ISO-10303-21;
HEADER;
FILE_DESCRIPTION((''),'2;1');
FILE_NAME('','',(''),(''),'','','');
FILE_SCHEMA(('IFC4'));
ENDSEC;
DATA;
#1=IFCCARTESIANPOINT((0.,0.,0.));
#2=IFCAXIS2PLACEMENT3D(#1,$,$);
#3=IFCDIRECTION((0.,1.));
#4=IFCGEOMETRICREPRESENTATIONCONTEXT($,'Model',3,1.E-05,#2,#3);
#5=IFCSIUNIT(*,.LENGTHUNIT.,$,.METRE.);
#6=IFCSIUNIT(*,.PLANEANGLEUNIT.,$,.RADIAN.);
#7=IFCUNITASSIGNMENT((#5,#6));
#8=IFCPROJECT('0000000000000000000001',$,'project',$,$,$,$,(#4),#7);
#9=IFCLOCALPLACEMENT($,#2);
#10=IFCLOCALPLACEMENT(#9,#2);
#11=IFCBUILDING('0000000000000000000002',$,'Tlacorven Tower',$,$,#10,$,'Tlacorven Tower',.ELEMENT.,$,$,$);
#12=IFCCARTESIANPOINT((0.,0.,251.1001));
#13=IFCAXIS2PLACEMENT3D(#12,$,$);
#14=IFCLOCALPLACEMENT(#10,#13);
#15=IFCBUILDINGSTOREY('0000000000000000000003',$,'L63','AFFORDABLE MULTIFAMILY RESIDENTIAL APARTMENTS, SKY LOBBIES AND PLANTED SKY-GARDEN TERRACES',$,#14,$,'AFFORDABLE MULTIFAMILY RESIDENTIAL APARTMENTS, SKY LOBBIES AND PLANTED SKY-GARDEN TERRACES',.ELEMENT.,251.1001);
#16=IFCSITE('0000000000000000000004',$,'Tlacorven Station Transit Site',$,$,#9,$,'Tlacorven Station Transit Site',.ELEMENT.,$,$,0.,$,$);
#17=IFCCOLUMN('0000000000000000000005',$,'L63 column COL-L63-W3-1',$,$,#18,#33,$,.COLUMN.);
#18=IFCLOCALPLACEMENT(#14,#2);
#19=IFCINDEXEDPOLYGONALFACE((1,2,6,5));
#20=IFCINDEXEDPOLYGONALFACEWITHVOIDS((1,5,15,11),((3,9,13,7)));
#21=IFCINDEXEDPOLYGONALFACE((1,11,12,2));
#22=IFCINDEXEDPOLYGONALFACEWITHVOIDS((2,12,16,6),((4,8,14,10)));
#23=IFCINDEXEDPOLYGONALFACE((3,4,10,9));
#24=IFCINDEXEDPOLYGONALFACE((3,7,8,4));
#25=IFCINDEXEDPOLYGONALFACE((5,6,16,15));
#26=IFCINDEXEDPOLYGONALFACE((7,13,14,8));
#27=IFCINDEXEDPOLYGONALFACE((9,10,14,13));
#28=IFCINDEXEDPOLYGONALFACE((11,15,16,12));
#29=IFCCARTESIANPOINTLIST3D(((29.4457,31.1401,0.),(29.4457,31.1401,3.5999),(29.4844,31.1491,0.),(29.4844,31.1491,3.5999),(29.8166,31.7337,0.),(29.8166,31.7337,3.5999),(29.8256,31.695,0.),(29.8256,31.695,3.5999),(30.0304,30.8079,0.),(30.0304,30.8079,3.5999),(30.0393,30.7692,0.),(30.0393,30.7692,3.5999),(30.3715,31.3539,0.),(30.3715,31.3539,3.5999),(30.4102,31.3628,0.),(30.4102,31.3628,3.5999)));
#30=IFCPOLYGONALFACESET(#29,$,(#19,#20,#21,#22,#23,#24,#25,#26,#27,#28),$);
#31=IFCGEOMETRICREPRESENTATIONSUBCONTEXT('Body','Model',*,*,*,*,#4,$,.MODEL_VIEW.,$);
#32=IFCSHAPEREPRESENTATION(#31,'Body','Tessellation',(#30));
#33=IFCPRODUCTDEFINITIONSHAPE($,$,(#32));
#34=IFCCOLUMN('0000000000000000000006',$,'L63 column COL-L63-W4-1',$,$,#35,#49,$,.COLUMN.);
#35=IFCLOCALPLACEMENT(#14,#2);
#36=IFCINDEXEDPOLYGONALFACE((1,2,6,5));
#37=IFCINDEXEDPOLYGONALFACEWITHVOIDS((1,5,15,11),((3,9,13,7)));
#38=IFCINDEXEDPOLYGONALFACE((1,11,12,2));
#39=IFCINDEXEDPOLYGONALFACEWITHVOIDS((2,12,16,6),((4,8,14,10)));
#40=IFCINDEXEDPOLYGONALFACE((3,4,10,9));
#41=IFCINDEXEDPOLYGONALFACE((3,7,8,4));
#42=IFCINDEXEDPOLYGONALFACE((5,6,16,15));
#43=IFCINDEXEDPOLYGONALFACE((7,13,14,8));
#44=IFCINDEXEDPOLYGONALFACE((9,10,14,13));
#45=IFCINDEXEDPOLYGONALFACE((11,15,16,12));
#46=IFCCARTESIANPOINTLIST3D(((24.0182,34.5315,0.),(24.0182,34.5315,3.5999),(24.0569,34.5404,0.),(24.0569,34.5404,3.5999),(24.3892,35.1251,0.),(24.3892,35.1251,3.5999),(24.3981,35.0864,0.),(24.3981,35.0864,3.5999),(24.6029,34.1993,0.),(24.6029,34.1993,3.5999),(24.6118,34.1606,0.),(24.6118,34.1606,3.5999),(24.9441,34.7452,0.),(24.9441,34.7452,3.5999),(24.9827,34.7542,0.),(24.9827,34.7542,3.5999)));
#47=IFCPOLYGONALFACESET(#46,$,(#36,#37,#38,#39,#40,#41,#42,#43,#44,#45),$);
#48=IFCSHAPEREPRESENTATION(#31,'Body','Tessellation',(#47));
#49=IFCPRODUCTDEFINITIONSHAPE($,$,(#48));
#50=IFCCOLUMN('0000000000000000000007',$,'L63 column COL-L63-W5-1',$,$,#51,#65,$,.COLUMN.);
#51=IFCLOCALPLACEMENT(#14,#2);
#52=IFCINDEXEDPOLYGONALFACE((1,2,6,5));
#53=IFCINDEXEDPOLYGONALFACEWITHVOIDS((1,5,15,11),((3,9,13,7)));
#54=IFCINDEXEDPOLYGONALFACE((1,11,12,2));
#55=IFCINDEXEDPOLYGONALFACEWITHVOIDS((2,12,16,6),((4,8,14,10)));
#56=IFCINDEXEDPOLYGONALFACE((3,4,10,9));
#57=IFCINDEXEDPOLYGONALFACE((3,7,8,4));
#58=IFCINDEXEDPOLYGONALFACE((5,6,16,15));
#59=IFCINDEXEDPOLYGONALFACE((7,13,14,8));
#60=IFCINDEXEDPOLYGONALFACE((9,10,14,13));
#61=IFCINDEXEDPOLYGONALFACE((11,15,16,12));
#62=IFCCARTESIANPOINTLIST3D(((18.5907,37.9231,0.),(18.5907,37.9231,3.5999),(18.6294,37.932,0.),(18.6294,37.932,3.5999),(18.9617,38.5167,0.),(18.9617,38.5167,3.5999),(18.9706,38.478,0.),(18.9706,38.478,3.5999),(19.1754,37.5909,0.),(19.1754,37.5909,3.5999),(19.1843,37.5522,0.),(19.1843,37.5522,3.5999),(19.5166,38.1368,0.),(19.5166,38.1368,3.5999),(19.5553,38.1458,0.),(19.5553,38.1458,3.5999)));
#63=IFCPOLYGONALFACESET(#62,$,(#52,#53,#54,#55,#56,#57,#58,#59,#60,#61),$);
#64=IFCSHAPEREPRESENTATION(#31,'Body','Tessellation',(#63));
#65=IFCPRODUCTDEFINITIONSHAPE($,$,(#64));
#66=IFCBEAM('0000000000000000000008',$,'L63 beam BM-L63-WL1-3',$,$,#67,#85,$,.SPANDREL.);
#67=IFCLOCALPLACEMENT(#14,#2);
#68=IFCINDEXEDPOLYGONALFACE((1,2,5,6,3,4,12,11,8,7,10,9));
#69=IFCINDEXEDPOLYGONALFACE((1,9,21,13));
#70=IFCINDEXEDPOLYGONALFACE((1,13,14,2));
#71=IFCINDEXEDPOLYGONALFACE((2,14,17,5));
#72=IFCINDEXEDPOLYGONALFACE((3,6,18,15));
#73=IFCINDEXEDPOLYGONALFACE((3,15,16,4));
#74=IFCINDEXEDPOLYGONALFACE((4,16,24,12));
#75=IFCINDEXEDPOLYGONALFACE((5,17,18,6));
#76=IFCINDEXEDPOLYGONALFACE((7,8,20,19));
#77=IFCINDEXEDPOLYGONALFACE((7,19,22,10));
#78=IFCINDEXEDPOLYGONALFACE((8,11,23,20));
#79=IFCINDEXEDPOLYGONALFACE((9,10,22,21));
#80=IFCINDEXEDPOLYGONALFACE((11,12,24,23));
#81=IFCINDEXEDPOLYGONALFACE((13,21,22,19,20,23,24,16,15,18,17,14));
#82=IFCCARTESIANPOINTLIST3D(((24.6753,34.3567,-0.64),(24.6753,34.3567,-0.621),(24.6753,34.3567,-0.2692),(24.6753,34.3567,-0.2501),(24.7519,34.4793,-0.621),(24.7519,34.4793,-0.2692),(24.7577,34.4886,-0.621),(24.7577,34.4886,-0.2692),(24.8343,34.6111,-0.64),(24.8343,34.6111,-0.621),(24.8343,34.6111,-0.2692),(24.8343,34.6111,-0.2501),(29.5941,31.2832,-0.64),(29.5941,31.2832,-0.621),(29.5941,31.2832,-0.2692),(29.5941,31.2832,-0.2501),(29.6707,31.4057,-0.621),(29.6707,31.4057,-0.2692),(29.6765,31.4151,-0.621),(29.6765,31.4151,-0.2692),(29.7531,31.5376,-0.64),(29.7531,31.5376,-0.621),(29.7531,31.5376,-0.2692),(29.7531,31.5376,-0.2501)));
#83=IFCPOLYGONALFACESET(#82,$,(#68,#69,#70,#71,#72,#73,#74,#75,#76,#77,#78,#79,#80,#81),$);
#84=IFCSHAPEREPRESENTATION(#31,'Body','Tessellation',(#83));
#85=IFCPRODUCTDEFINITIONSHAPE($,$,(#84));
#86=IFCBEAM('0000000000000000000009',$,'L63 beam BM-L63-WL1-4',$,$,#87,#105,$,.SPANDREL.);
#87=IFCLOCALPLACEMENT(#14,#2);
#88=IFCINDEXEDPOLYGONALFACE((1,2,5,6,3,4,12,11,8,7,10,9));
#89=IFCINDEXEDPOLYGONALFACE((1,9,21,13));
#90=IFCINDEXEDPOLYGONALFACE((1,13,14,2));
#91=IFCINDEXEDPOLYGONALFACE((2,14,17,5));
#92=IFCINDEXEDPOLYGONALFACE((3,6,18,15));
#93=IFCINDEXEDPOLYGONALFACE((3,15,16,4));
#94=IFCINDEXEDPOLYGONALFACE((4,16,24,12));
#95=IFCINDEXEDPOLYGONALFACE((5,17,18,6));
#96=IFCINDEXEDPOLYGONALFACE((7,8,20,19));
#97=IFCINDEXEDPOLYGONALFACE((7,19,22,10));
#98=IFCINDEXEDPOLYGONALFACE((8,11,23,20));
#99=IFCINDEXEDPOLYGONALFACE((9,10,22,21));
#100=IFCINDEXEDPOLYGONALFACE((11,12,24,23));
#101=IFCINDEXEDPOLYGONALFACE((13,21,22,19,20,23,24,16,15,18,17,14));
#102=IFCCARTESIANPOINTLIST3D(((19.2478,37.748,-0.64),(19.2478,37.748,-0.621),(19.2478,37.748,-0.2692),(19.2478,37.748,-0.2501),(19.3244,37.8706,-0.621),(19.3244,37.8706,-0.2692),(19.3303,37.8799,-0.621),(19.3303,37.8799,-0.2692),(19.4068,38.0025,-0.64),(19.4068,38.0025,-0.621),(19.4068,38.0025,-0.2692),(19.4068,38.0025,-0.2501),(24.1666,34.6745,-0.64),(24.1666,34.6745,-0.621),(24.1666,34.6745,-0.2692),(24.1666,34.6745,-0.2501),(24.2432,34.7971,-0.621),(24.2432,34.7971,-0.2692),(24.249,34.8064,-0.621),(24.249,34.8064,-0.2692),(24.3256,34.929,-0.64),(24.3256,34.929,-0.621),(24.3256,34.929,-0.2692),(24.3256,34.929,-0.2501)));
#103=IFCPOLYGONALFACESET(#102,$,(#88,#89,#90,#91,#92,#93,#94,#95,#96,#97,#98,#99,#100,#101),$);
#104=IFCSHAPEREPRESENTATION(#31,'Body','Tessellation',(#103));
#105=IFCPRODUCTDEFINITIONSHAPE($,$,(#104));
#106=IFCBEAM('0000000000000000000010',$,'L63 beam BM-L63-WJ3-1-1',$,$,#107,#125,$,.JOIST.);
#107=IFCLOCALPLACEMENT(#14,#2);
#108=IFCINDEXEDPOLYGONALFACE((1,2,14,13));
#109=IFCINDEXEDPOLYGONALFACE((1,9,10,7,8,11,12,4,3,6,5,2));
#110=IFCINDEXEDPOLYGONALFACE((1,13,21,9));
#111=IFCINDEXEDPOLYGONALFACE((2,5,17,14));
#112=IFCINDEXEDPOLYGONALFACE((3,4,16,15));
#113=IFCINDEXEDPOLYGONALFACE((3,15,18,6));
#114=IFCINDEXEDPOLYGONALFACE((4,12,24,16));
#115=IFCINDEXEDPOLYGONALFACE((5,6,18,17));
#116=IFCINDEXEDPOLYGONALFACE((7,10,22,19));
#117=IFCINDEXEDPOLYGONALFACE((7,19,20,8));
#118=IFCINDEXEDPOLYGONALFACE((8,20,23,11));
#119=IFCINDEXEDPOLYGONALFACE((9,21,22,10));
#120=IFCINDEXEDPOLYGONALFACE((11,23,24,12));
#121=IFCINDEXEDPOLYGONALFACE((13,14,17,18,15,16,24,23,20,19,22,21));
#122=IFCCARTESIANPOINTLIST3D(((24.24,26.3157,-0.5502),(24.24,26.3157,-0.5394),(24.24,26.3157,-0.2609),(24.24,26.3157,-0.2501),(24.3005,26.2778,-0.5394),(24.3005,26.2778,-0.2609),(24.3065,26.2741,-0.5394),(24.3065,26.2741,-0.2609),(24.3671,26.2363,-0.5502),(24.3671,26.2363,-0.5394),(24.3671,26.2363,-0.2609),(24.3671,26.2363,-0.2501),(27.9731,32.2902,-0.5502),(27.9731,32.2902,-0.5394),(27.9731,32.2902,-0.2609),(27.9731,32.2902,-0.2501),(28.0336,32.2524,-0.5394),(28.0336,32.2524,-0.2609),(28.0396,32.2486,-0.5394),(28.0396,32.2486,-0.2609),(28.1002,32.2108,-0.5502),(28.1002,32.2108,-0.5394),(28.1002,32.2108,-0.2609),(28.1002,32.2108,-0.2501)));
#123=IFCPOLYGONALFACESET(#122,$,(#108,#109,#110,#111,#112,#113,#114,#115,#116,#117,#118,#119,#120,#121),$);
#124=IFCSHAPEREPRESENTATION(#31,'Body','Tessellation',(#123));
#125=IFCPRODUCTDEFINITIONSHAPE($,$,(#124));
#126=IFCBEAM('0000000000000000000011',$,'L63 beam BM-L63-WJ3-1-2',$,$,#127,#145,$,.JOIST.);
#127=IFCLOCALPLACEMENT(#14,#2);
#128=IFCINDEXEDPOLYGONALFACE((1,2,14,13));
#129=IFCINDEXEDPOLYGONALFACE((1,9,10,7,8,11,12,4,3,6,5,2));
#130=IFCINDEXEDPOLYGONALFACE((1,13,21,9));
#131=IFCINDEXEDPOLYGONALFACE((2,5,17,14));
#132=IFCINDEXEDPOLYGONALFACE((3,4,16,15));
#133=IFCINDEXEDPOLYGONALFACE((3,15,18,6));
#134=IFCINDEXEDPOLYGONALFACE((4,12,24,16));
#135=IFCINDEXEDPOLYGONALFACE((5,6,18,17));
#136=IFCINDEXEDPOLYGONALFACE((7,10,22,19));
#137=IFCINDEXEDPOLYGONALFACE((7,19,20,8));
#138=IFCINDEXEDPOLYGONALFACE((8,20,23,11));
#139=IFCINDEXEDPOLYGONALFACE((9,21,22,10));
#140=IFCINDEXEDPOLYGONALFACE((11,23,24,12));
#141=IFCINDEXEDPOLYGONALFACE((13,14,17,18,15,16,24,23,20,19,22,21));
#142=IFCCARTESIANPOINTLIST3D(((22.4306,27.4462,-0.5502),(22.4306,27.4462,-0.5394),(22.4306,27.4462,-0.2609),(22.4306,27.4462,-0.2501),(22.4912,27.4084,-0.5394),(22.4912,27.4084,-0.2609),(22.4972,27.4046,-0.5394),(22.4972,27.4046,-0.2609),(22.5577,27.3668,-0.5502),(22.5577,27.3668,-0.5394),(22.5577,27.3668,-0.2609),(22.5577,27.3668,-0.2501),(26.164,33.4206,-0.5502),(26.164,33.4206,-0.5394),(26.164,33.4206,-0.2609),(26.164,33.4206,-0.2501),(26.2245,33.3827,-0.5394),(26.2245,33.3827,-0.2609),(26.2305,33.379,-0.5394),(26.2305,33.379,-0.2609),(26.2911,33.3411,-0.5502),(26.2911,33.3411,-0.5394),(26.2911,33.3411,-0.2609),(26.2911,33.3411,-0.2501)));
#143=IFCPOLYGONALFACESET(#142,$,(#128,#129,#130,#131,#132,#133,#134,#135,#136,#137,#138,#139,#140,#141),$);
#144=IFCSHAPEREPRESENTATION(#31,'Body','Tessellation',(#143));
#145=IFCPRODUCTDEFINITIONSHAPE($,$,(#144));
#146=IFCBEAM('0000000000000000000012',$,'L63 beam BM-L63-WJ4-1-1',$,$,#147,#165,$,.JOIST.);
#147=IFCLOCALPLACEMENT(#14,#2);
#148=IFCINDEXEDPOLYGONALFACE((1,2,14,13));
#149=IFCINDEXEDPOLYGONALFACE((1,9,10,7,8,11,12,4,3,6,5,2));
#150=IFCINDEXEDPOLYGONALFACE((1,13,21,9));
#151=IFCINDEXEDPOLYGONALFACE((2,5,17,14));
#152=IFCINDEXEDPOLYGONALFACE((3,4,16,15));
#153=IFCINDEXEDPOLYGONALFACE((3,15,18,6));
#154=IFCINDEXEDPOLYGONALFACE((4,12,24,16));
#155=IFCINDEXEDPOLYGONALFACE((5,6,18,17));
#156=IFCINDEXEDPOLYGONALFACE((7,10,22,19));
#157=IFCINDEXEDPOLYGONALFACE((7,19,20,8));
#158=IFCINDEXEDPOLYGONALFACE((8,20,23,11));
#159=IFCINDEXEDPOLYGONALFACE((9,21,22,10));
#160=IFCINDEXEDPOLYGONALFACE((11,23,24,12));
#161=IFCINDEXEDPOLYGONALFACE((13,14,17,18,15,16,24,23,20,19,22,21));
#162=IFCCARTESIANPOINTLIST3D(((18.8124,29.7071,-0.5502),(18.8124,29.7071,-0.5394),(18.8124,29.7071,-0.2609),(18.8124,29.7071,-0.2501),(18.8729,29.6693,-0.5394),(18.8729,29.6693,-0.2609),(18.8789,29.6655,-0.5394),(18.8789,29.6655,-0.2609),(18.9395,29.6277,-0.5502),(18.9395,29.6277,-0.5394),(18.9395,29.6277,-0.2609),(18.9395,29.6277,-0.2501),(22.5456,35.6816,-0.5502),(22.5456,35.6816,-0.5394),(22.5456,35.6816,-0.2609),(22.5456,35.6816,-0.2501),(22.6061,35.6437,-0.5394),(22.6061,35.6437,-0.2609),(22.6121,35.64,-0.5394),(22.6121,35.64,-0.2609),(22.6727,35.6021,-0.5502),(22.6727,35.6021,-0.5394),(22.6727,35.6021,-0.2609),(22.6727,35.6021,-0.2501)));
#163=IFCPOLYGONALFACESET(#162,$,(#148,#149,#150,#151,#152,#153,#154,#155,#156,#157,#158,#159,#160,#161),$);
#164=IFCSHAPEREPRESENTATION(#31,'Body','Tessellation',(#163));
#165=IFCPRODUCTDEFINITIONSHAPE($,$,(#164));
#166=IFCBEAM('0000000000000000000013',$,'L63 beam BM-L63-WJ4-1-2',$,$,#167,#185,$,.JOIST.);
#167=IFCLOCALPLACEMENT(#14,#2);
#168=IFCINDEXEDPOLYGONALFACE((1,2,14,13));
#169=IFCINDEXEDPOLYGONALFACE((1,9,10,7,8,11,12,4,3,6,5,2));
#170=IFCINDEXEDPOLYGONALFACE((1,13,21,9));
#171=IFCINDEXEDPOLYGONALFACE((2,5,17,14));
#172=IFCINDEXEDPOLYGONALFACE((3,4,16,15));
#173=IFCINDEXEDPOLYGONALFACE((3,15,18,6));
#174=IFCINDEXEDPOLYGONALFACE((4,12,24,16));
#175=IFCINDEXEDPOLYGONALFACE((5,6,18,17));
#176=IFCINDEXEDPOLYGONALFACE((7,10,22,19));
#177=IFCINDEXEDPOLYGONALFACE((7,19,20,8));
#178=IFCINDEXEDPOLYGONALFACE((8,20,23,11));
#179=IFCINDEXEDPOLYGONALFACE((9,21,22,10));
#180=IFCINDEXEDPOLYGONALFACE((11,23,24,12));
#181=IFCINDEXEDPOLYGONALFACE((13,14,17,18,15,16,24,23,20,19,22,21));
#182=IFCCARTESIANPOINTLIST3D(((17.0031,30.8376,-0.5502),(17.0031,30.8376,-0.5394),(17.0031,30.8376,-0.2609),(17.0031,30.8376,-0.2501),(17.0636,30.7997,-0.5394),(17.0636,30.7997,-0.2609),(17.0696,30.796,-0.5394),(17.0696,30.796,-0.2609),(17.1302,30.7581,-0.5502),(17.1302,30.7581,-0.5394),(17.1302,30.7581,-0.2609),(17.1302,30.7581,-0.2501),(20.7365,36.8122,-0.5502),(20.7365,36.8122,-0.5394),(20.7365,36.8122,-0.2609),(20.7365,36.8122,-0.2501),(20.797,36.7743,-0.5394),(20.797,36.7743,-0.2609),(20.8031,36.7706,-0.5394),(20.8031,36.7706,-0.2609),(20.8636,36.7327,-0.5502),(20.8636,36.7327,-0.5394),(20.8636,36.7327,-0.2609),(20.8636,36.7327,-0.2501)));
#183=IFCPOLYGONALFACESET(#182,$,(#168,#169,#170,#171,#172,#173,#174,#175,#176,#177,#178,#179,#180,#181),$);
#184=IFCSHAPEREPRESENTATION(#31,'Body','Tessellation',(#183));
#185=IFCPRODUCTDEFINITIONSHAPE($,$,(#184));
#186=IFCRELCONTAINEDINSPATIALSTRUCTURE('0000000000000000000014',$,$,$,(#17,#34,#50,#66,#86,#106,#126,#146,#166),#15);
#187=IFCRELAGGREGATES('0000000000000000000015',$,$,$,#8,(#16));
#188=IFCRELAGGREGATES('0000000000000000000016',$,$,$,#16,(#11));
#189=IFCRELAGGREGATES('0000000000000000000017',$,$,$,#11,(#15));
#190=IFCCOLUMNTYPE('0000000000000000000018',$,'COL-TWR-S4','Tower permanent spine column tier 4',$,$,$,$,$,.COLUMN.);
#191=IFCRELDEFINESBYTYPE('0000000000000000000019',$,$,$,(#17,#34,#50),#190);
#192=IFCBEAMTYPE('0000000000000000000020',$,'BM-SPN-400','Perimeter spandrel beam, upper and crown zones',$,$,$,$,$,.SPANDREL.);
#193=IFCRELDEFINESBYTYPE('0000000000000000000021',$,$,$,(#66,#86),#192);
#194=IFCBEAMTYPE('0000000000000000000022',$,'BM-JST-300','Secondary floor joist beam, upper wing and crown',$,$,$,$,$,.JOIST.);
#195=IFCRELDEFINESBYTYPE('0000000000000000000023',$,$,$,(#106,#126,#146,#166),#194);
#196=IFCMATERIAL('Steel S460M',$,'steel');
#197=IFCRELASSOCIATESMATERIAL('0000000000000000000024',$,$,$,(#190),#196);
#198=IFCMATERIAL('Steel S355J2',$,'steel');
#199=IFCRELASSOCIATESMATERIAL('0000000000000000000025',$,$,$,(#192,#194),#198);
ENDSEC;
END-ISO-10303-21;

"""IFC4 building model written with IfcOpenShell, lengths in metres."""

from ifc_helpers import new_model, si_unit, direction, frame, origin, origin_2d, place, context, subcontext, project, spatial, hollow_rectangle, i_section, extrude, source, transform, mapped, material, material_profile, profile_set, type_object, element, save


model = new_model("IFC4")

# Units and contexts
model_context = context("Model", 3, precision=1e-05, world=origin(), true_north=direction((0.0, 1.0)))
body_context = subcontext(model_context, "Body", "Model", "MODEL_VIEW")
ifc_project = project(units=[si_unit("LENGTHUNIT", "METRE"), si_unit("PLANEANGLEUNIT", "RADIAN")], contexts=[model_context])

# Site, building, storey
site_placement = place(None, origin())
site = spatial("IfcSite", under=ifc_project, at=site_placement, Name="Tlacorven Station Transit Site", LongName="Tlacorven Station Transit Site", CompositionType="ELEMENT", RefElevation=0.0)
building_placement = place(site_placement, origin())
building = spatial("IfcBuilding", under=site, at=building_placement, Name="Tlacorven Tower", LongName="Tlacorven Tower", CompositionType="ELEMENT")
storey_placement = place(building_placement, frame((0.0, 0.0, 251.1001)))
storey = spatial("IfcBuildingStorey", under=building, at=storey_placement, Name="L63", Description="AFFORDABLE MULTIFAMILY RESIDENTIAL APARTMENTS, SKY LOBBIES AND PLANTED SKY-GARDEN TERRACES", LongName="AFFORDABLE MULTIFAMILY RESIDENTIAL APARTMENTS, SKY LOBBIES AND PLANTED SKY-GARDEN TERRACES", CompositionType="ELEMENT", Elevation=251.1001)

# Columns
ifc_material_1 = material(Name="Steel S460M", Category="steel")
ifc_material_profile_1 = material_profile(ifc_material_1, hollow_rectangle(XDim=0.7, YDim=0.7, WallThickness=0.0281, at=origin_2d()), Name="BOX 700X700X28")
ifc_profile_set_1 = profile_set([ifc_material_profile_1], Name="Steel S460M")
column_type = type_object("IfcColumnType", Name="COL-TWR-S4", Description="Tower permanent spine column tier 4", PredefinedType="COLUMN", material=ifc_profile_set_1)
shared_shape_1 = source(origin(), body_context, "Body", "SweptSolid", [
    extrude(hollow_rectangle(XDim=0.7, YDim=0.7, WallThickness=0.0281, at=origin_2d()), origin(), (0.0, 0.0, 1.0), 3.5999),
])
for number, where, z_axis, x_axis, name in (
    (1, (29.928, 31.2515, 0.0), (0.0, 0.0, 1.0), (-0.848048, 0.529919, 0.0), "L63 column COL-L63-W3-1"),
    (2, (24.5005, 34.6428, 0.0), (0.0, 0.0, 1.0), (-0.848048, 0.529919, 0.0), "L63 column COL-L63-W4-1"),
    (3, (19.073, 38.0344, 0.0), (0.0, 0.0, 1.0), (-0.848048, 0.529919, 0.0), "L63 column COL-L63-W5-1"),
):
    element("IfcColumn", number, at=place(storey_placement, frame(where, z_axis=z_axis, x_axis=x_axis)), inside=storey, type_object=column_type, Name=name, PredefinedType="COLUMN", context=body_context, shape_type="MappedRepresentation", body=[
        mapped(shared_shape_1, transform((0.0, 0.0, 0.0), scale=1.0)),
    ])

# Beams
ifc_material_2 = material(Name="Steel S355J2", Category="steel")
ifc_material_profile_2 = material_profile(ifc_material_2, i_section(OverallWidth=0.3, OverallDepth=0.3899, WebThickness=0.011, FlangeThickness=0.019, at=origin_2d()), Name="HEA 400")
ifc_profile_set_2 = profile_set([ifc_material_profile_2], Name="Steel S355J2")
beam_type_1 = type_object("IfcBeamType", Name="BM-SPN-400", Description="Perimeter spandrel beam, upper and crown zones", PredefinedType="SPANDREL", material=ifc_profile_set_2)
shared_shape_2 = source(origin(), body_context, "Body", "SweptSolid", [
    extrude(i_section(OverallWidth=0.3, OverallDepth=0.3899, WebThickness=0.011, FlangeThickness=0.019, at=origin_2d()), origin(), (0.0, 0.0, 1.0), 5.8),
])
for number, where, z_axis, x_axis, name in (
    (4, (29.6736, 31.4104, -0.4451), (-0.848053, 0.529912, 0.0), (-0.529912, -0.848053, 0.0), "L63 beam BM-L63-WL1-3"),
    (5, (24.2461, 34.8018, -0.4451), (-0.848053, 0.529912, 0.0), (-0.529912, -0.848053, 0.0), "L63 beam BM-L63-WL1-4"),
):
    element("IfcBeam", number, at=place(storey_placement, frame(where, z_axis=z_axis, x_axis=x_axis)), inside=storey, type_object=beam_type_1, Name=name, PredefinedType="SPANDREL", context=body_context, shape_type="MappedRepresentation", body=[
        mapped(shared_shape_2, transform((0.0, 0.0, 0.0), scale=1.0)),
    ])
ifc_material_profile_3 = material_profile(ifc_material_2, i_section(OverallWidth=0.1499, OverallDepth=0.3, WebThickness=0.0071, FlangeThickness=0.0107, at=origin_2d()), Name="IPE 300")
ifc_profile_set_3 = profile_set([ifc_material_profile_3], Name="Steel S355J2")
beam_type_2 = type_object("IfcBeamType", Name="BM-JST-300", Description="Secondary floor joist beam, upper wing and crown", PredefinedType="JOIST", material=ifc_profile_set_3)
shared_shape_3 = source(origin(), body_context, "Body", "SweptSolid", [
    extrude(i_section(OverallWidth=0.1499, OverallDepth=0.3, WebThickness=0.0071, FlangeThickness=0.0107, at=origin_2d()), origin(), (0.0, 0.0, 1.0), 7.0449),
])
for number, where, z_axis, x_axis, name in (
    (6, (28.0366, 32.2505, -0.4001), (-0.529899, -0.848061, 0.0), (0.848061, -0.529899, 0.0), "L63 beam BM-L63-WJ3-1-1"),
    (7, (26.2275, 33.3809, -0.4001), (-0.52994, -0.848035, 0.0), (0.848035, -0.52994, 0.0), "L63 beam BM-L63-WJ3-1-2"),
    (8, (22.6091, 35.6418, -0.4001), (-0.529915, -0.848051, 0.0), (0.848051, -0.529915, 0.0), "L63 beam BM-L63-WJ4-1-1"),
):
    element("IfcBeam", number, at=place(storey_placement, frame(where, z_axis=z_axis, x_axis=x_axis)), inside=storey, type_object=beam_type_2, Name=name, PredefinedType="JOIST", context=body_context, shape_type="MappedRepresentation", body=[
        mapped(shared_shape_3, transform((0.0, 0.0, 0.0), scale=1.0)),
    ])
shared_shape_4 = source(origin(), body_context, "Body", "SweptSolid", [
    extrude(i_section(OverallWidth=0.1499, OverallDepth=0.3, WebThickness=0.0071, FlangeThickness=0.0107, at=origin_2d()), origin(), (0.0, 0.0, 1.0), 7.0452),
])
beam_1_placement = place(storey_placement, frame((20.8, 36.7725, -0.4001), z_axis=(-0.529924, -0.848045, 0.0), x_axis=(0.848045, -0.529924, 0.0)))
element("IfcBeam", 9, at=beam_1_placement, inside=storey, type_object=beam_type_2, Name="L63 beam BM-L63-WJ4-1-2", PredefinedType="JOIST", context=body_context, shape_type="MappedRepresentation", body=[
    mapped(shared_shape_4, transform((0.0, 0.0, 0.0), scale=1.0)),
])

save(model, "model.ifc")
